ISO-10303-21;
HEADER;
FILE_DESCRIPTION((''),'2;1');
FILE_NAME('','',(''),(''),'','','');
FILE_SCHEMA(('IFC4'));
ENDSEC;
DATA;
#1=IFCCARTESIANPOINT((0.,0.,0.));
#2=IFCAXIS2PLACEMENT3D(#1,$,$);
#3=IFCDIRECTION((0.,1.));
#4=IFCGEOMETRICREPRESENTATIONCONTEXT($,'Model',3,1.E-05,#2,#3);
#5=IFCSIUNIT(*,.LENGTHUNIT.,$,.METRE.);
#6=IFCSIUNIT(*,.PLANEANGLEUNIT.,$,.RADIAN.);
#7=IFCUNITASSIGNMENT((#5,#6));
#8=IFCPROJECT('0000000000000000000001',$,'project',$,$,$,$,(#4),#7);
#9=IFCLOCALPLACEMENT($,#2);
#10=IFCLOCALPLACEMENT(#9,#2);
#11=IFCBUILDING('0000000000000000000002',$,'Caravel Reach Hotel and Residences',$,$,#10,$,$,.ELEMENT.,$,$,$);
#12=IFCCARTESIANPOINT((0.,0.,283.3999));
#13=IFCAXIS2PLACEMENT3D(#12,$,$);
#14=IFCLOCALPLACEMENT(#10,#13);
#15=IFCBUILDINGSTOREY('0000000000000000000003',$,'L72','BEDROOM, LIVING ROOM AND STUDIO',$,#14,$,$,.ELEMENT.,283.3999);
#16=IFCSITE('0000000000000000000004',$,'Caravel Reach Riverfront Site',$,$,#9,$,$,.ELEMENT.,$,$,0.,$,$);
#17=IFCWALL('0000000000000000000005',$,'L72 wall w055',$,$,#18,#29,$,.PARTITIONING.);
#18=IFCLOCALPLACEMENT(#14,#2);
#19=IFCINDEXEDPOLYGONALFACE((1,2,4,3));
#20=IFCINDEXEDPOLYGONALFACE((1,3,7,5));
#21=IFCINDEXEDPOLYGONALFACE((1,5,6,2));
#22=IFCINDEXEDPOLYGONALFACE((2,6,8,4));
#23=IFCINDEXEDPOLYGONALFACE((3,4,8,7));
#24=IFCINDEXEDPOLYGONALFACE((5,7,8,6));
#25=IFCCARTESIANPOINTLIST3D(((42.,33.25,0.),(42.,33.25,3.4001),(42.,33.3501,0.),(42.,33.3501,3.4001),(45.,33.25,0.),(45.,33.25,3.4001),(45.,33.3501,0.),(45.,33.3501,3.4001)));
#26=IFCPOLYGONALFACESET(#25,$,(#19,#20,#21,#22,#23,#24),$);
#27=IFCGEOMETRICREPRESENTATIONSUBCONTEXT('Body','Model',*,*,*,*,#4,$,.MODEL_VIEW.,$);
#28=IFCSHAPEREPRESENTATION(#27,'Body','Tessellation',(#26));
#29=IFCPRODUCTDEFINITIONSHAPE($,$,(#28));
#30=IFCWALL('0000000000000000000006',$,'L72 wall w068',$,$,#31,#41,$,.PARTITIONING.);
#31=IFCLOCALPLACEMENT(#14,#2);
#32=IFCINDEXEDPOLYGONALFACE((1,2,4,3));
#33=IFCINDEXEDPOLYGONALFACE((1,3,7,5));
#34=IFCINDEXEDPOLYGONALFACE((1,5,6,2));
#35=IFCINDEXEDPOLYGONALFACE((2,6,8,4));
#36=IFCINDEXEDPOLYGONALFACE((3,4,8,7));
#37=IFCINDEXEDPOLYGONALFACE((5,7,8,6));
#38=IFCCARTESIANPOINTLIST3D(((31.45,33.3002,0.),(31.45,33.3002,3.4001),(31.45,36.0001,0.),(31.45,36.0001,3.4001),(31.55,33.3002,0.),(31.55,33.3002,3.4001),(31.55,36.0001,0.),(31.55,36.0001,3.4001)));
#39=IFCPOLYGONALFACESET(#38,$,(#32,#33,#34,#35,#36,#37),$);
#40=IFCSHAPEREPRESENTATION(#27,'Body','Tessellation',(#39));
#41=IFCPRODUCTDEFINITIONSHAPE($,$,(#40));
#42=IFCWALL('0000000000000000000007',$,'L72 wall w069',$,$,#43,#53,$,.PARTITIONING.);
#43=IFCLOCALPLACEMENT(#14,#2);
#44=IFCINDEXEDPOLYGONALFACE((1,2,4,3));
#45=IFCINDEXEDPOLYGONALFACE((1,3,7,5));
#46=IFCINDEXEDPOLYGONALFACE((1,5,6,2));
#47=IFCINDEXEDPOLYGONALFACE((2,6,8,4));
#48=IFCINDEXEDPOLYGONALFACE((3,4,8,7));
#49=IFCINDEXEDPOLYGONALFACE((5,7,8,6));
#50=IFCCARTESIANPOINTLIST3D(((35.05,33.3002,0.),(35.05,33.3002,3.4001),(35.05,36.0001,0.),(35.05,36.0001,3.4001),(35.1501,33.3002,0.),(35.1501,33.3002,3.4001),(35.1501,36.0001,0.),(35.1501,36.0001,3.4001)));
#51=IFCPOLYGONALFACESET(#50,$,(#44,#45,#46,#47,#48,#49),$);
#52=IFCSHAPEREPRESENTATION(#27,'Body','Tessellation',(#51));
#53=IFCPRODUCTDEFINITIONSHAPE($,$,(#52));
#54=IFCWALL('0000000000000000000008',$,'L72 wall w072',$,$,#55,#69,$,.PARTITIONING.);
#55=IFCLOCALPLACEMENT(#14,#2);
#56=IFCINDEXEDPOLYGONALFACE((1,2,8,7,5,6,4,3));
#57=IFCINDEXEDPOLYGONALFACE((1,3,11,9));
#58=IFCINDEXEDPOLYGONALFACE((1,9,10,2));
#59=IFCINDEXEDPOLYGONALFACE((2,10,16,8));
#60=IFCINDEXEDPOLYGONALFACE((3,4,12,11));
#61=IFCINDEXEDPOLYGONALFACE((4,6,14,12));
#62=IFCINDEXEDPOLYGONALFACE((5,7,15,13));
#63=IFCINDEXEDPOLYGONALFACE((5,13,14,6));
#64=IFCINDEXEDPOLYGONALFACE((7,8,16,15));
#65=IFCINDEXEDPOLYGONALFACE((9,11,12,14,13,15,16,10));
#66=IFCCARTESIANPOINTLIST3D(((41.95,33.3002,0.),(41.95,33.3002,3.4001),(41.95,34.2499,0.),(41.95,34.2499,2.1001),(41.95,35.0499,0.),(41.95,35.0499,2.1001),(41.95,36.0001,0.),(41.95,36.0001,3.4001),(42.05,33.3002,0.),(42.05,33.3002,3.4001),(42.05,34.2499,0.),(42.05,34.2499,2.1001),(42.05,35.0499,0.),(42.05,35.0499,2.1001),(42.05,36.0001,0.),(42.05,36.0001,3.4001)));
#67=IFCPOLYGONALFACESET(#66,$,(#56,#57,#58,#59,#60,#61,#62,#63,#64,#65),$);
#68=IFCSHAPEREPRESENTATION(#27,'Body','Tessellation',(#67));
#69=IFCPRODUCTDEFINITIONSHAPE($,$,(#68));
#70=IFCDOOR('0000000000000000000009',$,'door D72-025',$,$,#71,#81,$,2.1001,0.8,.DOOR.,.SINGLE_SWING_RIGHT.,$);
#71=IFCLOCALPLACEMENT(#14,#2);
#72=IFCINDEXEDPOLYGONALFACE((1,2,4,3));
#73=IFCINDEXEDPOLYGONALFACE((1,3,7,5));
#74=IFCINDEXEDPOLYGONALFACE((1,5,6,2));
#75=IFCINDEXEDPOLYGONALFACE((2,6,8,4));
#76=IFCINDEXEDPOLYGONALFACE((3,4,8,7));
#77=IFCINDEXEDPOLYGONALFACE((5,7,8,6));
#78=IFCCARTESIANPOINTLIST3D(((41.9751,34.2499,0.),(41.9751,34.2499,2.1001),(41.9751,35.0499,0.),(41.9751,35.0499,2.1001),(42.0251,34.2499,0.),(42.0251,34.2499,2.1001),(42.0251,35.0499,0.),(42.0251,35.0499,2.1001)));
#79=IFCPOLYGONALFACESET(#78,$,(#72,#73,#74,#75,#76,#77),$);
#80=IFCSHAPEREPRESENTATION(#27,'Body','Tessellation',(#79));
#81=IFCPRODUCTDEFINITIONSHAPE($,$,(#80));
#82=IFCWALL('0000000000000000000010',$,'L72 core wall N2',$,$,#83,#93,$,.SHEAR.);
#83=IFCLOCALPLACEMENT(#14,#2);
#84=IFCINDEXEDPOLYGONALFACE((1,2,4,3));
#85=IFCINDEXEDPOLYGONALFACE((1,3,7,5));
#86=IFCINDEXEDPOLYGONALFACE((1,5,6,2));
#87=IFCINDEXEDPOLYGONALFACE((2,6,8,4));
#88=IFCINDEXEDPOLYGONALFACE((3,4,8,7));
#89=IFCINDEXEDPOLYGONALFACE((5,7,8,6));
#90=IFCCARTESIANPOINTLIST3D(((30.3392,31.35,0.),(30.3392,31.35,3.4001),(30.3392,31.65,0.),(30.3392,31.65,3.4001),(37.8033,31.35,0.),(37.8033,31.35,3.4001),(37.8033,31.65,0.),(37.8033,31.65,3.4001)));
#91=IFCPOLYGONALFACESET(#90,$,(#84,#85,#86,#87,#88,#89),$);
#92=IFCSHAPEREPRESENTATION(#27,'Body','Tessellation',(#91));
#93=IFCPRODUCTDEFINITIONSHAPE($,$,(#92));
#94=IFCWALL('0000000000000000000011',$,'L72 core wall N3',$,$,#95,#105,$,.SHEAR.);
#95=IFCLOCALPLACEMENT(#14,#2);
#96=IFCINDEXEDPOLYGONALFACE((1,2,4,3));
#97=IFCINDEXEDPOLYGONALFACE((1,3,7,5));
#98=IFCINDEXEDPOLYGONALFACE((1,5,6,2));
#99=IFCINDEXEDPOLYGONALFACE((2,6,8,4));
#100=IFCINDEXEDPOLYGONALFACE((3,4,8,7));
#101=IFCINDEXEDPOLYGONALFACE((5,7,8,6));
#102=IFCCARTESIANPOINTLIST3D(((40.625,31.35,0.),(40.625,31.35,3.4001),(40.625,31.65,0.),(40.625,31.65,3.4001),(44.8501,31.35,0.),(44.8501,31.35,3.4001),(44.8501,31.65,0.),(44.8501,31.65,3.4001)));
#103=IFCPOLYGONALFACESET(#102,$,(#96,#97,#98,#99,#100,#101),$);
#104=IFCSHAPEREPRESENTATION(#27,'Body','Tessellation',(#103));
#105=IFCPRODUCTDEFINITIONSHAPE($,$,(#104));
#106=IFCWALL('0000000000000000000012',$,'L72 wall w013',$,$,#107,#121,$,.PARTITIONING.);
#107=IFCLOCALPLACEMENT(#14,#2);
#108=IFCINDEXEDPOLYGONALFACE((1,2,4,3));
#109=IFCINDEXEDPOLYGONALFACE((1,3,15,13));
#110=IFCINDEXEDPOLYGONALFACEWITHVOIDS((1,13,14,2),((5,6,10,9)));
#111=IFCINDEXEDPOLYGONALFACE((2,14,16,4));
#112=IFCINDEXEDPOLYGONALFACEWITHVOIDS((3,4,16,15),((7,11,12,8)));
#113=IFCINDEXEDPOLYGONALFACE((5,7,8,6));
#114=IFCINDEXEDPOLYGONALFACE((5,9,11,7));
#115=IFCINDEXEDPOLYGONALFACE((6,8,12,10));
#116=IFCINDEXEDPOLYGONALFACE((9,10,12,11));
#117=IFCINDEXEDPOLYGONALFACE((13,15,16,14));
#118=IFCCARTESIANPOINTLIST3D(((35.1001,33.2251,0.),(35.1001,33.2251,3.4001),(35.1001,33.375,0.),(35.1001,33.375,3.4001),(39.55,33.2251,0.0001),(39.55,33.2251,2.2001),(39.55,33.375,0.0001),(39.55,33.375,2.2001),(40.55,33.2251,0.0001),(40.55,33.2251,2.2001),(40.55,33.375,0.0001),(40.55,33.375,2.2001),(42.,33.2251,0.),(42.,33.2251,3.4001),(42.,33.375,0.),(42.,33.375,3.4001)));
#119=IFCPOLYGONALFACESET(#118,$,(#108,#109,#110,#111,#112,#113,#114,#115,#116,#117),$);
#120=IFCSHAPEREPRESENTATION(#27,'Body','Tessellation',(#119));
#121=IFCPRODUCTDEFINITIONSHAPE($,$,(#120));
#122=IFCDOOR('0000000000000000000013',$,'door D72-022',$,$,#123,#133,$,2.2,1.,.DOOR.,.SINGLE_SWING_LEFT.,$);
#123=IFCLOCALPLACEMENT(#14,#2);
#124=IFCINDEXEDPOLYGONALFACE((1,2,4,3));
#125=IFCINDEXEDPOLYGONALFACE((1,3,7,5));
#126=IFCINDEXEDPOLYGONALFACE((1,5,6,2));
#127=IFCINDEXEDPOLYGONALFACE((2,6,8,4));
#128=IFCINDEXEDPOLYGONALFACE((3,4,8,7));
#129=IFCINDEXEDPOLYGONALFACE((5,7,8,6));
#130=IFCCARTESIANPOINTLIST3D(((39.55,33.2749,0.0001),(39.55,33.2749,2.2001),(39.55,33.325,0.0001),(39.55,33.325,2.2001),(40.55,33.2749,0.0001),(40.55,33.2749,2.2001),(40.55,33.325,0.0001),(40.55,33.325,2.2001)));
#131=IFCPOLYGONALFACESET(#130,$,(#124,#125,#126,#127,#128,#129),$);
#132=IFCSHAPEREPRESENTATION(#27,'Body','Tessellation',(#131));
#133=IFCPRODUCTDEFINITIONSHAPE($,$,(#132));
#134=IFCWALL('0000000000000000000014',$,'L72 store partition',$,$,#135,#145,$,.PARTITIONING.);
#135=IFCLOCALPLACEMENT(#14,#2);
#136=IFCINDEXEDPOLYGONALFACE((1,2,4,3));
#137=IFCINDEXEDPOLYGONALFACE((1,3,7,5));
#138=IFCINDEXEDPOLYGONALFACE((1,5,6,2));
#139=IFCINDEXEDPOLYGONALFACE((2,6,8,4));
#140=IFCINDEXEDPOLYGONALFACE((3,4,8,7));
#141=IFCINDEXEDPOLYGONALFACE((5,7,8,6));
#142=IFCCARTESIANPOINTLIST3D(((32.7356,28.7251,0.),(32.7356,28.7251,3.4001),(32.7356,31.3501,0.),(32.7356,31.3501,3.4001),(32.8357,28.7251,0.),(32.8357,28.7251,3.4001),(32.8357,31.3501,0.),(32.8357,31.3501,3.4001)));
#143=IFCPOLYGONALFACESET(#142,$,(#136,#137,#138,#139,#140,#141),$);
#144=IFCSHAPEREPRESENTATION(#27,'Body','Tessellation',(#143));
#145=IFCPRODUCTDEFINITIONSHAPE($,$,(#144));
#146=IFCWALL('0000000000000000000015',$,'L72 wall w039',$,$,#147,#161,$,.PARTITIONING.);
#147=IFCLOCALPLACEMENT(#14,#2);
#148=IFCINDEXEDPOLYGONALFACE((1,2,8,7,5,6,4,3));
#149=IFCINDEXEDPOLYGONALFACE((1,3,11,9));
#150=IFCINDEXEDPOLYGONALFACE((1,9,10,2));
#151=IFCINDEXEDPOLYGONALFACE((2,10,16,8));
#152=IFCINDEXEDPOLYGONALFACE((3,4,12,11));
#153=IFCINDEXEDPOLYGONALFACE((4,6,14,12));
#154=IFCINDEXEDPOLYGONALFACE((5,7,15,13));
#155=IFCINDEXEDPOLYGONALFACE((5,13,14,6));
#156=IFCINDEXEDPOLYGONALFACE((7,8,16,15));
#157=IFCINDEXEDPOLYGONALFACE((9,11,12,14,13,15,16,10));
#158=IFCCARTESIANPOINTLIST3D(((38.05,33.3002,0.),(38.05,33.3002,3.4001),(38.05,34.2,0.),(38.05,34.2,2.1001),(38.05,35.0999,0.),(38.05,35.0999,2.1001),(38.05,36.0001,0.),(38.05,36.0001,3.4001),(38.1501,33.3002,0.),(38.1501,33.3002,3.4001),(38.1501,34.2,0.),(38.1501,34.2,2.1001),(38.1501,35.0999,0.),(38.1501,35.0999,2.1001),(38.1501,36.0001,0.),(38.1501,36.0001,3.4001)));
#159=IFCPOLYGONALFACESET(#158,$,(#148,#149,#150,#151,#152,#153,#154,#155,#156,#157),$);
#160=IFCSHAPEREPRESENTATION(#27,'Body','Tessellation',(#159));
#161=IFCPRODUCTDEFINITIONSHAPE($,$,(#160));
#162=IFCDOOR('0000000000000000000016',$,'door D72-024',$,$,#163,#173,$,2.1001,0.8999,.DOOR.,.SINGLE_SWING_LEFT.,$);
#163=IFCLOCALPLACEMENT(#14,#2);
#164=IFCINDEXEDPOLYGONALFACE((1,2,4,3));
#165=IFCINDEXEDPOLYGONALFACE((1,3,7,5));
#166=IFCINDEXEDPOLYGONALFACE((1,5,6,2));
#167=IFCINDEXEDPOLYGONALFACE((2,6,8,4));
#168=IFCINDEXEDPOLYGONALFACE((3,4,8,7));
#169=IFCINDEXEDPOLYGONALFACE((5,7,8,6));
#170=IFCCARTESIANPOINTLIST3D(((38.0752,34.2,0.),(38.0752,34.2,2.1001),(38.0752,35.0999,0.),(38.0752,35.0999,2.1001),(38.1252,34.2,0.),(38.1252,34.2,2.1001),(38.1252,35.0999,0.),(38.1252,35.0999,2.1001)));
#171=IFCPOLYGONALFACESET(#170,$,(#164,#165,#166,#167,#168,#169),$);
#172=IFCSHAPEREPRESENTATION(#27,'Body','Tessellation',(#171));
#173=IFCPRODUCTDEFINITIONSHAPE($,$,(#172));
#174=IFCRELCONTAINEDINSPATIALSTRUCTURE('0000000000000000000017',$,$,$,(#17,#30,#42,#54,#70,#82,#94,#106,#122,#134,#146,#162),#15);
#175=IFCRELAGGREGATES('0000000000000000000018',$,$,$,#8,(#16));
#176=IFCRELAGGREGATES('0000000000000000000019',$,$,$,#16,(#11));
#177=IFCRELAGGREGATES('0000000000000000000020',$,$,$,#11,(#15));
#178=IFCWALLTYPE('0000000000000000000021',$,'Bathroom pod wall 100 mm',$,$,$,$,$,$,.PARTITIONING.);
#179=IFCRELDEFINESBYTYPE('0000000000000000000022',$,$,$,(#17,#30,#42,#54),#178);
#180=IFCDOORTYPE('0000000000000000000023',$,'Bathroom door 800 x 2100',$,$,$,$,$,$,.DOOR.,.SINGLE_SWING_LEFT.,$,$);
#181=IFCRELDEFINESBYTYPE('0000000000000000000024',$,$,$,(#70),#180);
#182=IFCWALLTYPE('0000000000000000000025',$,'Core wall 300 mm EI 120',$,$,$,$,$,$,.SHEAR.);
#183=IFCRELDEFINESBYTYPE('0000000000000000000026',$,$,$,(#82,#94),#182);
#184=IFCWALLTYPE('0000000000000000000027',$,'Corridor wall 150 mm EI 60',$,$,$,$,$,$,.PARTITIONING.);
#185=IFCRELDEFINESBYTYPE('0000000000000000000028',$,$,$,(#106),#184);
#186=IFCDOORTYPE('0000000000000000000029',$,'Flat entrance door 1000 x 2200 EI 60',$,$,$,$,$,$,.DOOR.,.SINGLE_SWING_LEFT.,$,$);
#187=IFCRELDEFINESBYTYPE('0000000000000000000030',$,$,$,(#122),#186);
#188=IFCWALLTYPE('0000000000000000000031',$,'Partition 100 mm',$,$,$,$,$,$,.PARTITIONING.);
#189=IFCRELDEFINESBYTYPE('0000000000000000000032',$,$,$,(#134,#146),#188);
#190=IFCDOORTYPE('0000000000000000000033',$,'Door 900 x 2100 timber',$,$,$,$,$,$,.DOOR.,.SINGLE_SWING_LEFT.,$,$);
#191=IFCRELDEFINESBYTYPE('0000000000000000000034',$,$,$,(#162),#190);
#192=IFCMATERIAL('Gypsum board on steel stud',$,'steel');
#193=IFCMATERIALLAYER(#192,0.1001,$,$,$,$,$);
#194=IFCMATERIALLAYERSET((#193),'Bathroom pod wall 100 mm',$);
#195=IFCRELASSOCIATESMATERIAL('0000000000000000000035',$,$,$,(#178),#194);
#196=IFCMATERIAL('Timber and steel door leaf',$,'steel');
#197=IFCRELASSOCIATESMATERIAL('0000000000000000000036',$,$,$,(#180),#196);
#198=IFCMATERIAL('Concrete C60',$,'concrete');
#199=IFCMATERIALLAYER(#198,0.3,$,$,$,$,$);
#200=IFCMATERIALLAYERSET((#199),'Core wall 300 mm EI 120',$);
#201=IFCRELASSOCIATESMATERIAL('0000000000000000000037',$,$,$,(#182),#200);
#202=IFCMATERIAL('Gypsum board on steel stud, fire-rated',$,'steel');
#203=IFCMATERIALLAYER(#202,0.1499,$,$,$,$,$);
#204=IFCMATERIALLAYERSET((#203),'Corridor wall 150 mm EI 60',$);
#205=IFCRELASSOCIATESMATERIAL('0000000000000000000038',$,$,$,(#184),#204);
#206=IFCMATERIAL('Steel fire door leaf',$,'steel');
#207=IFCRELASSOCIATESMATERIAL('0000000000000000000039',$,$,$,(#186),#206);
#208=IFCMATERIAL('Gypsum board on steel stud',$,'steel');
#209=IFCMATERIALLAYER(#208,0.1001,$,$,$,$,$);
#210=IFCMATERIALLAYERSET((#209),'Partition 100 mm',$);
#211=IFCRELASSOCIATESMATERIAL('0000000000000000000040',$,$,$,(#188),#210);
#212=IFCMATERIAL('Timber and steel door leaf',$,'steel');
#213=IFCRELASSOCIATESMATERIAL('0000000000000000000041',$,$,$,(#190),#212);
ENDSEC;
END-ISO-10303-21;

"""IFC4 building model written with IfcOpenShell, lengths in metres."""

from ifc_helpers import new_model, si_unit, direction, frame, frame_2d, origin, place, context, subcontext, project, spatial, rectangle, extrude, material, layer, layer_set, type_object, element, fill, save


model = new_model("IFC4")

# Units and contexts
model_context = context("Model", 3, precision=1e-05, world=origin(), true_north=direction((0.0, 1.0)))
body_context = subcontext(model_context, "Body", "Model", "MODEL_VIEW")
ifc_project = project(units=[si_unit("LENGTHUNIT", "METRE"), si_unit("PLANEANGLEUNIT", "RADIAN")], contexts=[model_context])

# Site, building, storey
site_placement = place(None, origin())
site = spatial("IfcSite", under=ifc_project, at=site_placement, Name="Caravel Reach Riverfront Site", CompositionType="ELEMENT", RefElevation=0.0)
building_placement = place(site_placement, origin())
building = spatial("IfcBuilding", under=site, at=building_placement, Name="Caravel Reach Hotel and Residences", CompositionType="ELEMENT")
storey_placement = place(building_placement, frame((0.0, 0.0, 283.3999)))
storey = spatial("IfcBuildingStorey", under=building, at=storey_placement, Name="L72", Description="BEDROOM, LIVING ROOM AND STUDIO", CompositionType="ELEMENT", Elevation=283.3999)

# Walls
ifc_material_1 = material(Name="Gypsum board on steel stud", Category="steel")
ifc_layer_1 = layer(ifc_material_1, 0.1001)
ifc_layer_set_1 = layer_set([ifc_layer_1], Name="Bathroom pod wall 100 mm")
wall_type_1 = type_object("IfcWallType", Name="Bathroom pod wall 100 mm", PredefinedType="PARTITIONING", material=ifc_layer_set_1)
wall_1_placement = place(storey_placement, frame((42.0, 33.3, 0.0), z_axis=(0.0, 0.0, 1.0), x_axis=(1.0, 0.0, 0.0)))
element("IfcWall", 1, at=wall_1_placement, inside=storey, type_object=wall_type_1, Name="L72 wall w055", PredefinedType="PARTITIONING", context=body_context, shape_type="SweptSolid", body=[
    extrude(rectangle(XDim=3.0, YDim=0.1001, at=frame_2d((1.5, 0.0))), origin(), (0.0, 0.0, 1.0), 3.4001),
])
for number, where, z_axis, x_axis, name in (
    (2, (31.5, 33.3, 0.0), (0.0, 0.0, 1.0), (0.0, 1.0, 0.0), "L72 wall w068"),
    (3, (35.1001, 33.3, 0.0), (0.0, 0.0, 1.0), (0.0, 1.0, 0.0), "L72 wall w069"),
):
    element("IfcWall", number, at=place(storey_placement, frame(where, z_axis=z_axis, x_axis=x_axis)), inside=storey, type_object=wall_type_1, Name=name, PredefinedType="PARTITIONING", context=body_context, shape_type="SweptSolid", body=[
        extrude(rectangle(XDim=2.7, YDim=0.1001, at=frame_2d((1.3501, 0.0))), origin(), (0.0, 0.0, 1.0), 3.4001),
    ])

# Wall, opening, door
wall_2_placement = place(storey_placement, frame((42.0, 33.3, 0.0), z_axis=(0.0, 0.0, 1.0), x_axis=(0.0, 1.0, 0.0)))
wall_2 = element("IfcWall", 4, at=wall_2_placement, inside=storey, type_object=wall_type_1, Name="L72 wall w072", PredefinedType="PARTITIONING", context=body_context, shape_type="SweptSolid", body=[
    extrude(rectangle(XDim=2.7, YDim=0.1001, at=frame_2d((1.3501, 0.0))), origin(), (0.0, 0.0, 1.0), 3.4001),
])
opening_1_placement = place(wall_2_placement, frame((0.95, 0.0, 0.0)))
opening_1 = element("IfcOpeningElement", 5, at=opening_1_placement, cuts=wall_2, PredefinedType="OPENING", context=body_context, shape_type="SweptSolid", body=[
    extrude(rectangle(XDim=0.8, YDim=2.1001, at=frame_2d((0.3999, 1.05))), frame((0.0, 0.0601, 0.0), z_axis=(0.0, -1.0, 0.0), x_axis=(1.0, 0.0, 0.0)), (0.0, 0.0, 1.0), 0.1201),
])
ifc_material_2 = material(Name="Timber and steel door leaf", Category="steel")
door_type_1 = type_object("IfcDoorType", Name="Bathroom door 800 x 2100", OperationType="SINGLE_SWING_LEFT", PredefinedType="DOOR", material=ifc_material_2)
door_1_placement = place(opening_1_placement, origin())
door_1 = element("IfcDoor", 6, at=door_1_placement, inside=storey, type_object=door_type_1, Name="door D72-025", OperationType="SINGLE_SWING_RIGHT", OverallHeight=2.1001, OverallWidth=0.8, PredefinedType="DOOR", context=body_context, shape_type="SweptSolid", body=[
    extrude(rectangle(XDim=0.8, YDim=2.1001, at=frame_2d((0.3999, 1.05))), frame((0.0, 0.0249, 0.0), z_axis=(0.0, -1.0, 0.0), x_axis=(1.0, 0.0, 0.0)), (0.0, 0.0, 1.0), 0.05),
])
fill(opening_1, door_1)

# Walls
ifc_material_3 = material(Name="Concrete C60", Category="concrete")
ifc_layer_2 = layer(ifc_material_3, 0.3)
ifc_layer_set_2 = layer_set([ifc_layer_2], Name="Core wall 300 mm EI 120")
wall_type_2 = type_object("IfcWallType", Name="Core wall 300 mm EI 120", PredefinedType="SHEAR", material=ifc_layer_set_2)
wall_3_placement = place(storey_placement, frame((30.3394, 31.5, 0.0), z_axis=(0.0, 0.0, 1.0), x_axis=(1.0, 0.0, 0.0)))
element("IfcWall", 7, at=wall_3_placement, inside=storey, type_object=wall_type_2, Name="L72 core wall N2", PredefinedType="SHEAR", context=body_context, shape_type="SweptSolid", body=[
    extrude(rectangle(XDim=7.4641, YDim=0.3, at=frame_2d((3.7319, 0.0))), origin(), (0.0, 0.0, 1.0), 3.4001),
])
wall_4_placement = place(storey_placement, frame((40.625, 31.5, 0.0), z_axis=(0.0, 0.0, 1.0), x_axis=(1.0, 0.0, 0.0)))
element("IfcWall", 8, at=wall_4_placement, inside=storey, type_object=wall_type_2, Name="L72 core wall N3", PredefinedType="SHEAR", context=body_context, shape_type="SweptSolid", body=[
    extrude(rectangle(XDim=4.2251, YDim=0.3, at=frame_2d((2.1125, 0.0))), origin(), (0.0, 0.0, 1.0), 3.4001),
])

# Wall, opening, door
ifc_material_4 = material(Name="Gypsum board on steel stud, fire-rated", Category="steel")
ifc_layer_3 = layer(ifc_material_4, 0.1499)
ifc_layer_set_3 = layer_set([ifc_layer_3], Name="Corridor wall 150 mm EI 60")
wall_type_3 = type_object("IfcWallType", Name="Corridor wall 150 mm EI 60", PredefinedType="PARTITIONING", material=ifc_layer_set_3)
wall_5_placement = place(storey_placement, frame((35.1001, 33.3, 0.0), z_axis=(0.0, 0.0, 1.0), x_axis=(1.0, 0.0, 0.0)))
wall_5 = element("IfcWall", 9, at=wall_5_placement, inside=storey, type_object=wall_type_3, Name="L72 wall w013", PredefinedType="PARTITIONING", context=body_context, shape_type="SweptSolid", body=[
    extrude(rectangle(XDim=6.8999, YDim=0.1499, at=frame_2d((3.45, 0.0))), origin(), (0.0, 0.0, 1.0), 3.4001),
])
opening_2_placement = place(wall_5_placement, frame((4.45, 0.0, 0.0)))
opening_2 = element("IfcOpeningElement", 10, at=opening_2_placement, cuts=wall_5, PredefinedType="OPENING", context=body_context, shape_type="SweptSolid", body=[
    extrude(rectangle(XDim=1.0, YDim=2.2, at=frame_2d((0.5, 1.1001))), frame((0.0, 0.085, 0.0), z_axis=(0.0, -1.0, 0.0), x_axis=(1.0, 0.0, 0.0)), (0.0, 0.0, 1.0), 0.1699),
])
ifc_material_5 = material(Name="Steel fire door leaf", Category="steel")
door_type_2 = type_object("IfcDoorType", Name="Flat entrance door 1000 x 2200 EI 60", OperationType="SINGLE_SWING_LEFT", PredefinedType="DOOR", material=ifc_material_5)
door_2_placement = place(opening_2_placement, origin())
door_2 = element("IfcDoor", 11, at=door_2_placement, inside=storey, type_object=door_type_2, Name="door D72-022", OperationType="SINGLE_SWING_LEFT", OverallHeight=2.2, OverallWidth=1.0, PredefinedType="DOOR", context=body_context, shape_type="SweptSolid", body=[
    extrude(rectangle(XDim=1.0, YDim=2.2, at=frame_2d((0.5, 1.1001))), frame((0.0, 0.0249, 0.0), z_axis=(0.0, -1.0, 0.0), x_axis=(1.0, 0.0, 0.0)), (0.0, 0.0, 1.0), 0.05),
])
fill(opening_2, door_2)

# Wall
ifc_material_6 = material(Name="Gypsum board on steel stud", Category="steel")
ifc_layer_4 = layer(ifc_material_6, 0.1001)
ifc_layer_set_4 = layer_set([ifc_layer_4], Name="Partition 100 mm")
wall_type_4 = type_object("IfcWallType", Name="Partition 100 mm", PredefinedType="PARTITIONING", material=ifc_layer_set_4)
wall_6_placement = place(storey_placement, frame((32.7856, 28.7251, 0.0), z_axis=(0.0, 0.0, 1.0), x_axis=(0.0, 1.0, 0.0)))
element("IfcWall", 12, at=wall_6_placement, inside=storey, type_object=wall_type_4, Name="L72 store partition", PredefinedType="PARTITIONING", context=body_context, shape_type="SweptSolid", body=[
    extrude(rectangle(XDim=2.625, YDim=0.1001, at=frame_2d((1.3125, 0.0))), origin(), (0.0, 0.0, 1.0), 3.4001),
])

# Wall, opening, door
wall_7_placement = place(storey_placement, frame((38.1001, 33.3, 0.0), z_axis=(0.0, 0.0, 1.0), x_axis=(0.0, 1.0, 0.0)))
wall_7 = element("IfcWall", 13, at=wall_7_placement, inside=storey, type_object=wall_type_4, Name="L72 wall w039", PredefinedType="PARTITIONING", context=body_context, shape_type="SweptSolid", body=[
    extrude(rectangle(XDim=2.7, YDim=0.1001, at=frame_2d((1.3501, 0.0))), origin(), (0.0, 0.0, 1.0), 3.4001),
])
opening_3_placement = place(wall_7_placement, frame((0.8999, 0.0, 0.0)))
opening_3 = element("IfcOpeningElement", 14, at=opening_3_placement, cuts=wall_7, PredefinedType="OPENING", context=body_context, shape_type="SweptSolid", body=[
    extrude(rectangle(XDim=0.8999, YDim=2.1001, at=frame_2d((0.45, 1.05))), frame((0.0, 0.0601, 0.0), z_axis=(0.0, -1.0, 0.0), x_axis=(1.0, 0.0, 0.0)), (0.0, 0.0, 1.0), 0.1201),
])
ifc_material_7 = material(Name="Timber and steel door leaf", Category="steel")
door_type_3 = type_object("IfcDoorType", Name="Door 900 x 2100 timber", OperationType="SINGLE_SWING_LEFT", PredefinedType="DOOR", material=ifc_material_7)
door_3_placement = place(opening_3_placement, origin())
door_3 = element("IfcDoor", 15, at=door_3_placement, inside=storey, type_object=door_type_3, Name="door D72-024", OperationType="SINGLE_SWING_LEFT", OverallHeight=2.1001, OverallWidth=0.8999, PredefinedType="DOOR", context=body_context, shape_type="SweptSolid", body=[
    extrude(rectangle(XDim=0.8999, YDim=2.1001, at=frame_2d((0.45, 1.05))), frame((0.0, 0.0249, 0.0), z_axis=(0.0, -1.0, 0.0), x_axis=(1.0, 0.0, 0.0)), (0.0, 0.0, 1.0), 0.05),
])
fill(opening_3, door_3)

save(model, "model.ifc")
